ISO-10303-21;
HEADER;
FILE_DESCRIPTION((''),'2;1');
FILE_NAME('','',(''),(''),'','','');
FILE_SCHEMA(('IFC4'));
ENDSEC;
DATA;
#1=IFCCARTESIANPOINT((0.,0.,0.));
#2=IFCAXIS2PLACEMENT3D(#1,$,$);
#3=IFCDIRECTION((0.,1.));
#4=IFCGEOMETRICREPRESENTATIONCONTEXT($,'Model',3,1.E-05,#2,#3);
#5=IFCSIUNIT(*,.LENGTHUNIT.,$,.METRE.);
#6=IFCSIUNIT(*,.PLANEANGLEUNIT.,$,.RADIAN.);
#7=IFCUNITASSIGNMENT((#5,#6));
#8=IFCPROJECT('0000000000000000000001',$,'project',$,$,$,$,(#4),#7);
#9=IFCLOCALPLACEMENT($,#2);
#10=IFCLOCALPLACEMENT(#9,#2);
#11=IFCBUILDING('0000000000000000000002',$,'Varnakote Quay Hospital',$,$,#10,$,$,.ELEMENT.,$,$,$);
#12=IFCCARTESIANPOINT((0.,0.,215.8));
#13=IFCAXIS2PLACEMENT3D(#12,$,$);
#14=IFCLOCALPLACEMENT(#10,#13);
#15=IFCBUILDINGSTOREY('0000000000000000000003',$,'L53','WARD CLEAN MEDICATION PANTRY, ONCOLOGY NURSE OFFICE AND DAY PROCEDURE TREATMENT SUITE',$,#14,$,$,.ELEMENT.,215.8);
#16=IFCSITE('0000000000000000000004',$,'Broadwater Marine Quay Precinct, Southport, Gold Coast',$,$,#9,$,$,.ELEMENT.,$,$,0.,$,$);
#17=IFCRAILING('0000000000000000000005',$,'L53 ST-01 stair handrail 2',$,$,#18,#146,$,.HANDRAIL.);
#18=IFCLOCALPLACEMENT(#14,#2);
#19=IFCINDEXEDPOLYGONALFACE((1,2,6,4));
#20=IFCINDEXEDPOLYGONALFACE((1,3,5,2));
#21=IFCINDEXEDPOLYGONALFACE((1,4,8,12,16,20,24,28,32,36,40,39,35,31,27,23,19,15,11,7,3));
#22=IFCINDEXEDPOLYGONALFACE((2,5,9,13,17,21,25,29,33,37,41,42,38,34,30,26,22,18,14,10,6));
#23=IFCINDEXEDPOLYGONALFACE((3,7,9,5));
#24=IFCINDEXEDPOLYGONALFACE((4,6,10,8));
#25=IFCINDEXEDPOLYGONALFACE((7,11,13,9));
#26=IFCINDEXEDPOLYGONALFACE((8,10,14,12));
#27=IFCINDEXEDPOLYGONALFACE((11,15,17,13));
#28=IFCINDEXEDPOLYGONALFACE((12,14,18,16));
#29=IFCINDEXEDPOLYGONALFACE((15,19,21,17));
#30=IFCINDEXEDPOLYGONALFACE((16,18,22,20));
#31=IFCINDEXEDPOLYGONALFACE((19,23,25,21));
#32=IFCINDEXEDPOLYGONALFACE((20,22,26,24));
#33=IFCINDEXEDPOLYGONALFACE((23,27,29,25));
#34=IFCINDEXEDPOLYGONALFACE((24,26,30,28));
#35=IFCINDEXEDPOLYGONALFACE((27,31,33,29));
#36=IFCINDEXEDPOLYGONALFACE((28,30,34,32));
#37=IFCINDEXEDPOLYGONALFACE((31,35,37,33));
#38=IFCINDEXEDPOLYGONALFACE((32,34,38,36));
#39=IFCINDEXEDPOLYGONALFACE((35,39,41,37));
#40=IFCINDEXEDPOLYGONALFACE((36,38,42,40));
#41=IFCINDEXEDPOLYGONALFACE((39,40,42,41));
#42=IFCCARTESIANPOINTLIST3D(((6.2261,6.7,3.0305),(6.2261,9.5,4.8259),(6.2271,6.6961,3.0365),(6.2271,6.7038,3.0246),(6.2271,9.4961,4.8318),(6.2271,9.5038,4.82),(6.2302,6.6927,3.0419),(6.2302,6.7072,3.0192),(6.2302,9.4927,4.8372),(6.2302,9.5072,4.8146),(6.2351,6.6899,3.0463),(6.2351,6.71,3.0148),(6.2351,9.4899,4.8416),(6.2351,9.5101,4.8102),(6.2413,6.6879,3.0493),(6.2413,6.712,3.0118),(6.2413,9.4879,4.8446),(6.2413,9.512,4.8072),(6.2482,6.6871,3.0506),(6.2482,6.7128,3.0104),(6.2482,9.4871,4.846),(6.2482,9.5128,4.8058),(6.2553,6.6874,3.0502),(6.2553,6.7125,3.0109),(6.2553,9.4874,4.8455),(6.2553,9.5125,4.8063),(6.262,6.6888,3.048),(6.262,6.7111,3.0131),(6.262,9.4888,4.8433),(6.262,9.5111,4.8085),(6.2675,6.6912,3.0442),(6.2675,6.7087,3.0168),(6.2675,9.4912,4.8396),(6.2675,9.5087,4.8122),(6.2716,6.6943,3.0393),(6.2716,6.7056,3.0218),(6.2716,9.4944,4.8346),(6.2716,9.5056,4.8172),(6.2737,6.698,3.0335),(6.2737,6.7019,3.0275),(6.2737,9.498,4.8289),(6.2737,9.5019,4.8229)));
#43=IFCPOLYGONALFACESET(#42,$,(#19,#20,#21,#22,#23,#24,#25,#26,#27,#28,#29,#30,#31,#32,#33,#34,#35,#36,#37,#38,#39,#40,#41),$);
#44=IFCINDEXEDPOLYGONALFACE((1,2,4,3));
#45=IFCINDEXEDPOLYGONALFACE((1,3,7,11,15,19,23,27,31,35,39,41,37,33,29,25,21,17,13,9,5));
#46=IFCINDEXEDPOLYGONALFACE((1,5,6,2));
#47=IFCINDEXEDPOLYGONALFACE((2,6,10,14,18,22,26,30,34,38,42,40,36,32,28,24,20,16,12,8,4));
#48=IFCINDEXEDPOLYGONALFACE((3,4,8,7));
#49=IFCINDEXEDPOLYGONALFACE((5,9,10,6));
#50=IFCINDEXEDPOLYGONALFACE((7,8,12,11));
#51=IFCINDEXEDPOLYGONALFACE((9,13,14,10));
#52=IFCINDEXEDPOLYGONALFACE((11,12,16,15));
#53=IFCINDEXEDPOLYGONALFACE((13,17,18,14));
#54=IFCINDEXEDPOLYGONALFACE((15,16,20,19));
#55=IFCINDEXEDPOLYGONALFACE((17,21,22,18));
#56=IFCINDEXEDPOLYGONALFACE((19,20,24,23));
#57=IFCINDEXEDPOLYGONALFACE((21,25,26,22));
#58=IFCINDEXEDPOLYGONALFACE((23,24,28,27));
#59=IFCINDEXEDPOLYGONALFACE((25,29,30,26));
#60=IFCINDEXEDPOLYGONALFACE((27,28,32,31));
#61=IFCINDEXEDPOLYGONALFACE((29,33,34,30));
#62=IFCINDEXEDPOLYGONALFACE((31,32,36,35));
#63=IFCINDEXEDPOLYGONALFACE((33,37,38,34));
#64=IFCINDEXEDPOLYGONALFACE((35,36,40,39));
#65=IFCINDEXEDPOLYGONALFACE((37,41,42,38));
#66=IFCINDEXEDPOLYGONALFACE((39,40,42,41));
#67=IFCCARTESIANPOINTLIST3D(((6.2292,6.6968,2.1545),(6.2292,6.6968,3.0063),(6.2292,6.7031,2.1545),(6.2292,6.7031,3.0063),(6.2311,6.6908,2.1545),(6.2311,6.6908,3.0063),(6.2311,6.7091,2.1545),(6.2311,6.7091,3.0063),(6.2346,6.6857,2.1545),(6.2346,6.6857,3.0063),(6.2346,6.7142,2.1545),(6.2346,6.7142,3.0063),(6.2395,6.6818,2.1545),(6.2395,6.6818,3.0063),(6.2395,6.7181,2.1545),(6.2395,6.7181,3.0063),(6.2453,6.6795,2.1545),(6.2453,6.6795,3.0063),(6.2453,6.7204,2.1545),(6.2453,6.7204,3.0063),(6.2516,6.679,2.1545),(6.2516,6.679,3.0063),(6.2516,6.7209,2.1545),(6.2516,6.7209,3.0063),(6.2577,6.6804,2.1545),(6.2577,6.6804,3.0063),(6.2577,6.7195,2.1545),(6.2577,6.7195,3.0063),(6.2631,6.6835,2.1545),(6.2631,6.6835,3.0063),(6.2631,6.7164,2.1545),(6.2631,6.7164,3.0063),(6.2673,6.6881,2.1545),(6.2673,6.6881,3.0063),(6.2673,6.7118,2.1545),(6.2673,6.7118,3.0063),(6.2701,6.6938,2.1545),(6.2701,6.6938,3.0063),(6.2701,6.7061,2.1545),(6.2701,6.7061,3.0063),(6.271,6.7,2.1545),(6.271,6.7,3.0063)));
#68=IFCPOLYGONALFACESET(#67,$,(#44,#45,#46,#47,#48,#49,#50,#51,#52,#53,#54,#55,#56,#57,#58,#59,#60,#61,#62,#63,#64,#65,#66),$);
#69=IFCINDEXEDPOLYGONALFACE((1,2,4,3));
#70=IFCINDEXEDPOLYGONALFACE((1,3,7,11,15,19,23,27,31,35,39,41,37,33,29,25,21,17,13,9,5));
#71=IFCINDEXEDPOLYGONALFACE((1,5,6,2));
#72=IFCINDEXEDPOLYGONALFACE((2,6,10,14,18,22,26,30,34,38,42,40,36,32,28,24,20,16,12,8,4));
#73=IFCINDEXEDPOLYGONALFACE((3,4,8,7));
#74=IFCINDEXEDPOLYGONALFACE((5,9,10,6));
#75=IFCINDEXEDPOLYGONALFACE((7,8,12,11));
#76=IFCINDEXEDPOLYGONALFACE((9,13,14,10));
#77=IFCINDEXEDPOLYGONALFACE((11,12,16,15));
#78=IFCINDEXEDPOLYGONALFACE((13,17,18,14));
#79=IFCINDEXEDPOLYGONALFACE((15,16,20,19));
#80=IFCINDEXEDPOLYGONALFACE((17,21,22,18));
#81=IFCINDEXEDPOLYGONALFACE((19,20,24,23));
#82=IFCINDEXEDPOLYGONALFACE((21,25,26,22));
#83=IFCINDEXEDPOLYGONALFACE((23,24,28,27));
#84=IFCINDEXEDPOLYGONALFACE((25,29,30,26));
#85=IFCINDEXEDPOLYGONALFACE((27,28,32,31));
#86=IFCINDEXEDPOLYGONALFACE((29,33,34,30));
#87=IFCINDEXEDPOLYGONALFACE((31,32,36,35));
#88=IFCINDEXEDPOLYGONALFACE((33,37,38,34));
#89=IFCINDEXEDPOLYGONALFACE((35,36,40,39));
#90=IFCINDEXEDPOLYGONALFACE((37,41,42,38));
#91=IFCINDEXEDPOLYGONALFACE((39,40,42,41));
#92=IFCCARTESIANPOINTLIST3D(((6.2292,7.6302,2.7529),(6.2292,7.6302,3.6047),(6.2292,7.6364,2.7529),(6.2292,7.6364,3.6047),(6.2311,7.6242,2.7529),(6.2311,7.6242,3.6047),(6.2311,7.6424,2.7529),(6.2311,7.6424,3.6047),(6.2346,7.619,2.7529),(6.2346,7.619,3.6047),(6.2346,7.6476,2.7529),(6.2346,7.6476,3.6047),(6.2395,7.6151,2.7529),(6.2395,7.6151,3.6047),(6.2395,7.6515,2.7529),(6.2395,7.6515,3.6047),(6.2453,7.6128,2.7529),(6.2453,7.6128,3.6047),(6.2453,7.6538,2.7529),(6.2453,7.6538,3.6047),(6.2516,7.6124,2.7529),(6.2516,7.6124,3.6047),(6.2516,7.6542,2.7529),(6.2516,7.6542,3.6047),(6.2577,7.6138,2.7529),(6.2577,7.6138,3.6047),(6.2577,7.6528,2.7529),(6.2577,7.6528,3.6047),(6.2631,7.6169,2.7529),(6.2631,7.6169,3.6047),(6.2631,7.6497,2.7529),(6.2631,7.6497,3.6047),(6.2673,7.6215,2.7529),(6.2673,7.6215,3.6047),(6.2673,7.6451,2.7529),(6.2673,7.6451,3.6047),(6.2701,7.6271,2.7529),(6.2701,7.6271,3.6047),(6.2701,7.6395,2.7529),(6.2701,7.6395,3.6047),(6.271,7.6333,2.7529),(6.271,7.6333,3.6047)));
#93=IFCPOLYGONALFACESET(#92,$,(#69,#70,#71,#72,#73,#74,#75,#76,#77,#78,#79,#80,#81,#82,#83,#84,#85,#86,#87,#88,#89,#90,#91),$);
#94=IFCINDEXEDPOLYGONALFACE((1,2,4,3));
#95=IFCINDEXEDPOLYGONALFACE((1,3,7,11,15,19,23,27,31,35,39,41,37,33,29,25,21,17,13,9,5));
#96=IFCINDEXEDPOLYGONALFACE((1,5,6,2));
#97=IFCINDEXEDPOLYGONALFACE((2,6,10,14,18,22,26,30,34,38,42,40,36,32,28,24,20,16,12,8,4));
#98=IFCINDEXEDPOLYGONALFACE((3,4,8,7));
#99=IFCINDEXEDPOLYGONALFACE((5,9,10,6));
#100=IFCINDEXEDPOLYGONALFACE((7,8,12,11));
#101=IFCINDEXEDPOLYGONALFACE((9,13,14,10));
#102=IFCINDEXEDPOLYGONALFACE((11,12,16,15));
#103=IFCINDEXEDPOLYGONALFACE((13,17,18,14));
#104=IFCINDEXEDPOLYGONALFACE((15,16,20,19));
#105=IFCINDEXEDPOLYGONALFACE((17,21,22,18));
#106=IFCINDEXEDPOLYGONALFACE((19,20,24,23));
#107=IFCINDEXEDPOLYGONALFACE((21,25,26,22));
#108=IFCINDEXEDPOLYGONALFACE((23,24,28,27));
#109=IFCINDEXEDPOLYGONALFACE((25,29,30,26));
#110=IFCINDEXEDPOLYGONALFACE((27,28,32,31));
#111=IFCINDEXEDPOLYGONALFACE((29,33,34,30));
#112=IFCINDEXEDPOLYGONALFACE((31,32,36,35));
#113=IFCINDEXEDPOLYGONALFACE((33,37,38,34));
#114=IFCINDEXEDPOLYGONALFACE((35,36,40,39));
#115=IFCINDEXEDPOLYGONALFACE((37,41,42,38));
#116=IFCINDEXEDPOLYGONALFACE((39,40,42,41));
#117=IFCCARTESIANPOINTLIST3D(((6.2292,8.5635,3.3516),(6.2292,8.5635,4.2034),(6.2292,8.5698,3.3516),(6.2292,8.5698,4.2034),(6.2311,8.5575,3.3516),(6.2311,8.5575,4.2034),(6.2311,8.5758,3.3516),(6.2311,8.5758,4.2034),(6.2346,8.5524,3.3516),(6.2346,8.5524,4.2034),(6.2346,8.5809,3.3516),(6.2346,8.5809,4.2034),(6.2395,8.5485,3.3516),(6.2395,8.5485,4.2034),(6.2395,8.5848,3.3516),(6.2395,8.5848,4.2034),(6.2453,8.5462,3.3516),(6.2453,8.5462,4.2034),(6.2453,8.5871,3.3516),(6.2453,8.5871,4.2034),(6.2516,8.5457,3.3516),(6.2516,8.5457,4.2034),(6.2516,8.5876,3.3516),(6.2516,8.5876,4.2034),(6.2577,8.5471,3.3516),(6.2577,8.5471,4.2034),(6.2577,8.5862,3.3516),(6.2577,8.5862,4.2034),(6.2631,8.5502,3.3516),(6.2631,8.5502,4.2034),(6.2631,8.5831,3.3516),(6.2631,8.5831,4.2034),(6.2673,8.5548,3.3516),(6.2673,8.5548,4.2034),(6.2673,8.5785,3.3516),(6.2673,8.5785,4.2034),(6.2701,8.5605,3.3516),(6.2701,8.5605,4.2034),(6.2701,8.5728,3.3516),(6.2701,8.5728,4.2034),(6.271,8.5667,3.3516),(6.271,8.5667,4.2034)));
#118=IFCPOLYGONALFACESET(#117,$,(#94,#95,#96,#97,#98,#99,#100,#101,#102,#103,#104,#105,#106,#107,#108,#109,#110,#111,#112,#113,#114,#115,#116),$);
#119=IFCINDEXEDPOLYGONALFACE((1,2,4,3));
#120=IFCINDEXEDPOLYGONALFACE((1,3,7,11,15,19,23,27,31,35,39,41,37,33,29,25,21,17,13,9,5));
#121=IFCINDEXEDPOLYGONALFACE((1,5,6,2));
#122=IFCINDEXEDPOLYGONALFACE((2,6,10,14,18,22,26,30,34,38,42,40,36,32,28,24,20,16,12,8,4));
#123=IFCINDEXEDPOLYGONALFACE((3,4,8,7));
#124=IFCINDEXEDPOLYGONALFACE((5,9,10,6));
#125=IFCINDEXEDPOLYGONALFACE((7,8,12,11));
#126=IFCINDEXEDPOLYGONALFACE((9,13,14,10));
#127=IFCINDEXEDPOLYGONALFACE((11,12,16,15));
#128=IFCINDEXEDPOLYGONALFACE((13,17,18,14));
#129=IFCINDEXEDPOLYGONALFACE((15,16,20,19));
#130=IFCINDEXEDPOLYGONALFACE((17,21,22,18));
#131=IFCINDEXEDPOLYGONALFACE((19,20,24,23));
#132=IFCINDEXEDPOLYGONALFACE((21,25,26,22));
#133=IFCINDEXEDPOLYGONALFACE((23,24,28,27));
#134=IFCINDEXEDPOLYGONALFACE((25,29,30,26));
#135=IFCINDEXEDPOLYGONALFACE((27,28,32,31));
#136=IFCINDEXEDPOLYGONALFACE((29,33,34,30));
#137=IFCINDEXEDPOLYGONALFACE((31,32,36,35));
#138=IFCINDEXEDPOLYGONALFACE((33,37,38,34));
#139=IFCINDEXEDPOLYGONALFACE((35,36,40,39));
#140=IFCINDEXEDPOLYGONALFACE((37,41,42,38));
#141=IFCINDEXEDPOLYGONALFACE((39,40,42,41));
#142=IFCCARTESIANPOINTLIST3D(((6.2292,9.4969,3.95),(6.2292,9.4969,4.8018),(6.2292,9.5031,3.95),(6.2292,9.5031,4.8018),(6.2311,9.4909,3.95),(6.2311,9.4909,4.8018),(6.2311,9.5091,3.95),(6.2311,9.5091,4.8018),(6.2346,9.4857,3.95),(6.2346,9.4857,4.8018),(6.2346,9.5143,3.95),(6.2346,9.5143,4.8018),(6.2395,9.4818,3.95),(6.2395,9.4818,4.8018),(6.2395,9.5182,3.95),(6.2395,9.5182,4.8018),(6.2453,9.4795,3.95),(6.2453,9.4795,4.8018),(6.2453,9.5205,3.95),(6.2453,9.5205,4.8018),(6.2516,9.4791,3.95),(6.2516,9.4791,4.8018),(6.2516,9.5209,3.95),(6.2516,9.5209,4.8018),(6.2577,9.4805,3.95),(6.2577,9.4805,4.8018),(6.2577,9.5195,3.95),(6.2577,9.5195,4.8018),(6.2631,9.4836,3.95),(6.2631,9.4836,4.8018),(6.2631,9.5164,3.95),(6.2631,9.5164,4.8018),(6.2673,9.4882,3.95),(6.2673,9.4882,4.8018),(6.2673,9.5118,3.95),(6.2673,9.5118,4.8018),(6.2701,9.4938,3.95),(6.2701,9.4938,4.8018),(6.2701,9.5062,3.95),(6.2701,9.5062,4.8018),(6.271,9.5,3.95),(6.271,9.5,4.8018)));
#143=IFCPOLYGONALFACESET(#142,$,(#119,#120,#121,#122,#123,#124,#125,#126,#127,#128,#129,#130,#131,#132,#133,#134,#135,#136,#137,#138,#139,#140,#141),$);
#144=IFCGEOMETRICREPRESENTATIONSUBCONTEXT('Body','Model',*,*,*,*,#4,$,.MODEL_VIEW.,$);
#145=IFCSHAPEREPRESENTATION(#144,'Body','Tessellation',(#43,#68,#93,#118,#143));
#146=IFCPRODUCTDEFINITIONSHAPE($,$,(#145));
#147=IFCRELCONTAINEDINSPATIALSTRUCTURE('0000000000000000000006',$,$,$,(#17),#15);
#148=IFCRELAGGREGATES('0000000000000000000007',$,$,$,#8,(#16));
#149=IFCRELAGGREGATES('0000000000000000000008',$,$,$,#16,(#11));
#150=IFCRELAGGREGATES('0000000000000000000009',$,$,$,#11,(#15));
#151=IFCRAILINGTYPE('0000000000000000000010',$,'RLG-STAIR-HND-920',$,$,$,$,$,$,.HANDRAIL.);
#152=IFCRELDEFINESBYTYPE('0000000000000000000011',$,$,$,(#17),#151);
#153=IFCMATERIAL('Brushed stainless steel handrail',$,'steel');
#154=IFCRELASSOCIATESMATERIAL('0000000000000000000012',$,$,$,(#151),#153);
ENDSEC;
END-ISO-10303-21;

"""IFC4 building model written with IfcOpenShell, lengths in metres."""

from ifc_helpers import new_model, si_unit, direction, frame, origin, origin_2d, place, context, subcontext, project, spatial, circle, extrude, material, type_object, element, save


model = new_model("IFC4")

# Units and contexts
model_context = context("Model", 3, precision=1e-05, world=origin(), true_north=direction((0.0, 1.0)))
body_context = subcontext(model_context, "Body", "Model", "MODEL_VIEW")
ifc_project = project(units=[si_unit("LENGTHUNIT", "METRE"), si_unit("PLANEANGLEUNIT", "RADIAN")], contexts=[model_context])

# Site, building, storey
site_placement = place(None, origin())
site = spatial("IfcSite", under=ifc_project, at=site_placement, Name="Broadwater Marine Quay Precinct, Southport, Gold Coast", CompositionType="ELEMENT", RefElevation=0.0)
building_placement = place(site_placement, origin())
building = spatial("IfcBuilding", under=site, at=building_placement, Name="Varnakote Quay Hospital", CompositionType="ELEMENT")
storey_placement = place(building_placement, frame((0.0, 0.0, 215.8)))
storey = spatial("IfcBuildingStorey", under=building, at=storey_placement, Name="L53", Description="WARD CLEAN MEDICATION PANTRY, ONCOLOGY NURSE OFFICE AND DAY PROCEDURE TREATMENT SUITE", CompositionType="ELEMENT", Elevation=215.8)

# Railing
ifc_material_1 = material(Name="Brushed stainless steel handrail", Category="steel")
railing_type_1 = type_object("IfcRailingType", Name="RLG-STAIR-HND-920", PredefinedType="HANDRAIL", material=ifc_material_1)
railing_1_placement = place(storey_placement, frame((6.25, 6.7, 2.1545)))
element("IfcRailing", 1, at=railing_1_placement, inside=storey, type_object=railing_type_1, Name="L53 ST-01 stair handrail 2", PredefinedType="HANDRAIL", context=body_context, shape_type="SweptSolid", body=[
    extrude(circle(Radius=0.0239, at=origin_2d()), frame((0.0, 0.0, 0.876), z_axis=(0.0, 0.84181, 0.539774), x_axis=(-1.0, 0.0, 0.0)), (0.0, 0.0, 1.0), 3.3262),
    extrude(circle(Radius=0.021, at=origin_2d()), origin(), (0.0, 0.0, 1.0), 0.8518),
    extrude(circle(Radius=0.021, at=origin_2d()), frame((0.0, 0.9333, 0.5984)), (0.0, 0.0, 1.0), 0.8518),
    extrude(circle(Radius=0.021, at=origin_2d()), frame((0.0, 1.8667, 1.197)), (0.0, 0.0, 1.0), 0.8518),
    extrude(circle(Radius=0.021, at=origin_2d()), frame((0.0, 2.8, 1.7954)), (0.0, 0.0, 1.0), 0.8518),
])

save(model, "model.ifc")
